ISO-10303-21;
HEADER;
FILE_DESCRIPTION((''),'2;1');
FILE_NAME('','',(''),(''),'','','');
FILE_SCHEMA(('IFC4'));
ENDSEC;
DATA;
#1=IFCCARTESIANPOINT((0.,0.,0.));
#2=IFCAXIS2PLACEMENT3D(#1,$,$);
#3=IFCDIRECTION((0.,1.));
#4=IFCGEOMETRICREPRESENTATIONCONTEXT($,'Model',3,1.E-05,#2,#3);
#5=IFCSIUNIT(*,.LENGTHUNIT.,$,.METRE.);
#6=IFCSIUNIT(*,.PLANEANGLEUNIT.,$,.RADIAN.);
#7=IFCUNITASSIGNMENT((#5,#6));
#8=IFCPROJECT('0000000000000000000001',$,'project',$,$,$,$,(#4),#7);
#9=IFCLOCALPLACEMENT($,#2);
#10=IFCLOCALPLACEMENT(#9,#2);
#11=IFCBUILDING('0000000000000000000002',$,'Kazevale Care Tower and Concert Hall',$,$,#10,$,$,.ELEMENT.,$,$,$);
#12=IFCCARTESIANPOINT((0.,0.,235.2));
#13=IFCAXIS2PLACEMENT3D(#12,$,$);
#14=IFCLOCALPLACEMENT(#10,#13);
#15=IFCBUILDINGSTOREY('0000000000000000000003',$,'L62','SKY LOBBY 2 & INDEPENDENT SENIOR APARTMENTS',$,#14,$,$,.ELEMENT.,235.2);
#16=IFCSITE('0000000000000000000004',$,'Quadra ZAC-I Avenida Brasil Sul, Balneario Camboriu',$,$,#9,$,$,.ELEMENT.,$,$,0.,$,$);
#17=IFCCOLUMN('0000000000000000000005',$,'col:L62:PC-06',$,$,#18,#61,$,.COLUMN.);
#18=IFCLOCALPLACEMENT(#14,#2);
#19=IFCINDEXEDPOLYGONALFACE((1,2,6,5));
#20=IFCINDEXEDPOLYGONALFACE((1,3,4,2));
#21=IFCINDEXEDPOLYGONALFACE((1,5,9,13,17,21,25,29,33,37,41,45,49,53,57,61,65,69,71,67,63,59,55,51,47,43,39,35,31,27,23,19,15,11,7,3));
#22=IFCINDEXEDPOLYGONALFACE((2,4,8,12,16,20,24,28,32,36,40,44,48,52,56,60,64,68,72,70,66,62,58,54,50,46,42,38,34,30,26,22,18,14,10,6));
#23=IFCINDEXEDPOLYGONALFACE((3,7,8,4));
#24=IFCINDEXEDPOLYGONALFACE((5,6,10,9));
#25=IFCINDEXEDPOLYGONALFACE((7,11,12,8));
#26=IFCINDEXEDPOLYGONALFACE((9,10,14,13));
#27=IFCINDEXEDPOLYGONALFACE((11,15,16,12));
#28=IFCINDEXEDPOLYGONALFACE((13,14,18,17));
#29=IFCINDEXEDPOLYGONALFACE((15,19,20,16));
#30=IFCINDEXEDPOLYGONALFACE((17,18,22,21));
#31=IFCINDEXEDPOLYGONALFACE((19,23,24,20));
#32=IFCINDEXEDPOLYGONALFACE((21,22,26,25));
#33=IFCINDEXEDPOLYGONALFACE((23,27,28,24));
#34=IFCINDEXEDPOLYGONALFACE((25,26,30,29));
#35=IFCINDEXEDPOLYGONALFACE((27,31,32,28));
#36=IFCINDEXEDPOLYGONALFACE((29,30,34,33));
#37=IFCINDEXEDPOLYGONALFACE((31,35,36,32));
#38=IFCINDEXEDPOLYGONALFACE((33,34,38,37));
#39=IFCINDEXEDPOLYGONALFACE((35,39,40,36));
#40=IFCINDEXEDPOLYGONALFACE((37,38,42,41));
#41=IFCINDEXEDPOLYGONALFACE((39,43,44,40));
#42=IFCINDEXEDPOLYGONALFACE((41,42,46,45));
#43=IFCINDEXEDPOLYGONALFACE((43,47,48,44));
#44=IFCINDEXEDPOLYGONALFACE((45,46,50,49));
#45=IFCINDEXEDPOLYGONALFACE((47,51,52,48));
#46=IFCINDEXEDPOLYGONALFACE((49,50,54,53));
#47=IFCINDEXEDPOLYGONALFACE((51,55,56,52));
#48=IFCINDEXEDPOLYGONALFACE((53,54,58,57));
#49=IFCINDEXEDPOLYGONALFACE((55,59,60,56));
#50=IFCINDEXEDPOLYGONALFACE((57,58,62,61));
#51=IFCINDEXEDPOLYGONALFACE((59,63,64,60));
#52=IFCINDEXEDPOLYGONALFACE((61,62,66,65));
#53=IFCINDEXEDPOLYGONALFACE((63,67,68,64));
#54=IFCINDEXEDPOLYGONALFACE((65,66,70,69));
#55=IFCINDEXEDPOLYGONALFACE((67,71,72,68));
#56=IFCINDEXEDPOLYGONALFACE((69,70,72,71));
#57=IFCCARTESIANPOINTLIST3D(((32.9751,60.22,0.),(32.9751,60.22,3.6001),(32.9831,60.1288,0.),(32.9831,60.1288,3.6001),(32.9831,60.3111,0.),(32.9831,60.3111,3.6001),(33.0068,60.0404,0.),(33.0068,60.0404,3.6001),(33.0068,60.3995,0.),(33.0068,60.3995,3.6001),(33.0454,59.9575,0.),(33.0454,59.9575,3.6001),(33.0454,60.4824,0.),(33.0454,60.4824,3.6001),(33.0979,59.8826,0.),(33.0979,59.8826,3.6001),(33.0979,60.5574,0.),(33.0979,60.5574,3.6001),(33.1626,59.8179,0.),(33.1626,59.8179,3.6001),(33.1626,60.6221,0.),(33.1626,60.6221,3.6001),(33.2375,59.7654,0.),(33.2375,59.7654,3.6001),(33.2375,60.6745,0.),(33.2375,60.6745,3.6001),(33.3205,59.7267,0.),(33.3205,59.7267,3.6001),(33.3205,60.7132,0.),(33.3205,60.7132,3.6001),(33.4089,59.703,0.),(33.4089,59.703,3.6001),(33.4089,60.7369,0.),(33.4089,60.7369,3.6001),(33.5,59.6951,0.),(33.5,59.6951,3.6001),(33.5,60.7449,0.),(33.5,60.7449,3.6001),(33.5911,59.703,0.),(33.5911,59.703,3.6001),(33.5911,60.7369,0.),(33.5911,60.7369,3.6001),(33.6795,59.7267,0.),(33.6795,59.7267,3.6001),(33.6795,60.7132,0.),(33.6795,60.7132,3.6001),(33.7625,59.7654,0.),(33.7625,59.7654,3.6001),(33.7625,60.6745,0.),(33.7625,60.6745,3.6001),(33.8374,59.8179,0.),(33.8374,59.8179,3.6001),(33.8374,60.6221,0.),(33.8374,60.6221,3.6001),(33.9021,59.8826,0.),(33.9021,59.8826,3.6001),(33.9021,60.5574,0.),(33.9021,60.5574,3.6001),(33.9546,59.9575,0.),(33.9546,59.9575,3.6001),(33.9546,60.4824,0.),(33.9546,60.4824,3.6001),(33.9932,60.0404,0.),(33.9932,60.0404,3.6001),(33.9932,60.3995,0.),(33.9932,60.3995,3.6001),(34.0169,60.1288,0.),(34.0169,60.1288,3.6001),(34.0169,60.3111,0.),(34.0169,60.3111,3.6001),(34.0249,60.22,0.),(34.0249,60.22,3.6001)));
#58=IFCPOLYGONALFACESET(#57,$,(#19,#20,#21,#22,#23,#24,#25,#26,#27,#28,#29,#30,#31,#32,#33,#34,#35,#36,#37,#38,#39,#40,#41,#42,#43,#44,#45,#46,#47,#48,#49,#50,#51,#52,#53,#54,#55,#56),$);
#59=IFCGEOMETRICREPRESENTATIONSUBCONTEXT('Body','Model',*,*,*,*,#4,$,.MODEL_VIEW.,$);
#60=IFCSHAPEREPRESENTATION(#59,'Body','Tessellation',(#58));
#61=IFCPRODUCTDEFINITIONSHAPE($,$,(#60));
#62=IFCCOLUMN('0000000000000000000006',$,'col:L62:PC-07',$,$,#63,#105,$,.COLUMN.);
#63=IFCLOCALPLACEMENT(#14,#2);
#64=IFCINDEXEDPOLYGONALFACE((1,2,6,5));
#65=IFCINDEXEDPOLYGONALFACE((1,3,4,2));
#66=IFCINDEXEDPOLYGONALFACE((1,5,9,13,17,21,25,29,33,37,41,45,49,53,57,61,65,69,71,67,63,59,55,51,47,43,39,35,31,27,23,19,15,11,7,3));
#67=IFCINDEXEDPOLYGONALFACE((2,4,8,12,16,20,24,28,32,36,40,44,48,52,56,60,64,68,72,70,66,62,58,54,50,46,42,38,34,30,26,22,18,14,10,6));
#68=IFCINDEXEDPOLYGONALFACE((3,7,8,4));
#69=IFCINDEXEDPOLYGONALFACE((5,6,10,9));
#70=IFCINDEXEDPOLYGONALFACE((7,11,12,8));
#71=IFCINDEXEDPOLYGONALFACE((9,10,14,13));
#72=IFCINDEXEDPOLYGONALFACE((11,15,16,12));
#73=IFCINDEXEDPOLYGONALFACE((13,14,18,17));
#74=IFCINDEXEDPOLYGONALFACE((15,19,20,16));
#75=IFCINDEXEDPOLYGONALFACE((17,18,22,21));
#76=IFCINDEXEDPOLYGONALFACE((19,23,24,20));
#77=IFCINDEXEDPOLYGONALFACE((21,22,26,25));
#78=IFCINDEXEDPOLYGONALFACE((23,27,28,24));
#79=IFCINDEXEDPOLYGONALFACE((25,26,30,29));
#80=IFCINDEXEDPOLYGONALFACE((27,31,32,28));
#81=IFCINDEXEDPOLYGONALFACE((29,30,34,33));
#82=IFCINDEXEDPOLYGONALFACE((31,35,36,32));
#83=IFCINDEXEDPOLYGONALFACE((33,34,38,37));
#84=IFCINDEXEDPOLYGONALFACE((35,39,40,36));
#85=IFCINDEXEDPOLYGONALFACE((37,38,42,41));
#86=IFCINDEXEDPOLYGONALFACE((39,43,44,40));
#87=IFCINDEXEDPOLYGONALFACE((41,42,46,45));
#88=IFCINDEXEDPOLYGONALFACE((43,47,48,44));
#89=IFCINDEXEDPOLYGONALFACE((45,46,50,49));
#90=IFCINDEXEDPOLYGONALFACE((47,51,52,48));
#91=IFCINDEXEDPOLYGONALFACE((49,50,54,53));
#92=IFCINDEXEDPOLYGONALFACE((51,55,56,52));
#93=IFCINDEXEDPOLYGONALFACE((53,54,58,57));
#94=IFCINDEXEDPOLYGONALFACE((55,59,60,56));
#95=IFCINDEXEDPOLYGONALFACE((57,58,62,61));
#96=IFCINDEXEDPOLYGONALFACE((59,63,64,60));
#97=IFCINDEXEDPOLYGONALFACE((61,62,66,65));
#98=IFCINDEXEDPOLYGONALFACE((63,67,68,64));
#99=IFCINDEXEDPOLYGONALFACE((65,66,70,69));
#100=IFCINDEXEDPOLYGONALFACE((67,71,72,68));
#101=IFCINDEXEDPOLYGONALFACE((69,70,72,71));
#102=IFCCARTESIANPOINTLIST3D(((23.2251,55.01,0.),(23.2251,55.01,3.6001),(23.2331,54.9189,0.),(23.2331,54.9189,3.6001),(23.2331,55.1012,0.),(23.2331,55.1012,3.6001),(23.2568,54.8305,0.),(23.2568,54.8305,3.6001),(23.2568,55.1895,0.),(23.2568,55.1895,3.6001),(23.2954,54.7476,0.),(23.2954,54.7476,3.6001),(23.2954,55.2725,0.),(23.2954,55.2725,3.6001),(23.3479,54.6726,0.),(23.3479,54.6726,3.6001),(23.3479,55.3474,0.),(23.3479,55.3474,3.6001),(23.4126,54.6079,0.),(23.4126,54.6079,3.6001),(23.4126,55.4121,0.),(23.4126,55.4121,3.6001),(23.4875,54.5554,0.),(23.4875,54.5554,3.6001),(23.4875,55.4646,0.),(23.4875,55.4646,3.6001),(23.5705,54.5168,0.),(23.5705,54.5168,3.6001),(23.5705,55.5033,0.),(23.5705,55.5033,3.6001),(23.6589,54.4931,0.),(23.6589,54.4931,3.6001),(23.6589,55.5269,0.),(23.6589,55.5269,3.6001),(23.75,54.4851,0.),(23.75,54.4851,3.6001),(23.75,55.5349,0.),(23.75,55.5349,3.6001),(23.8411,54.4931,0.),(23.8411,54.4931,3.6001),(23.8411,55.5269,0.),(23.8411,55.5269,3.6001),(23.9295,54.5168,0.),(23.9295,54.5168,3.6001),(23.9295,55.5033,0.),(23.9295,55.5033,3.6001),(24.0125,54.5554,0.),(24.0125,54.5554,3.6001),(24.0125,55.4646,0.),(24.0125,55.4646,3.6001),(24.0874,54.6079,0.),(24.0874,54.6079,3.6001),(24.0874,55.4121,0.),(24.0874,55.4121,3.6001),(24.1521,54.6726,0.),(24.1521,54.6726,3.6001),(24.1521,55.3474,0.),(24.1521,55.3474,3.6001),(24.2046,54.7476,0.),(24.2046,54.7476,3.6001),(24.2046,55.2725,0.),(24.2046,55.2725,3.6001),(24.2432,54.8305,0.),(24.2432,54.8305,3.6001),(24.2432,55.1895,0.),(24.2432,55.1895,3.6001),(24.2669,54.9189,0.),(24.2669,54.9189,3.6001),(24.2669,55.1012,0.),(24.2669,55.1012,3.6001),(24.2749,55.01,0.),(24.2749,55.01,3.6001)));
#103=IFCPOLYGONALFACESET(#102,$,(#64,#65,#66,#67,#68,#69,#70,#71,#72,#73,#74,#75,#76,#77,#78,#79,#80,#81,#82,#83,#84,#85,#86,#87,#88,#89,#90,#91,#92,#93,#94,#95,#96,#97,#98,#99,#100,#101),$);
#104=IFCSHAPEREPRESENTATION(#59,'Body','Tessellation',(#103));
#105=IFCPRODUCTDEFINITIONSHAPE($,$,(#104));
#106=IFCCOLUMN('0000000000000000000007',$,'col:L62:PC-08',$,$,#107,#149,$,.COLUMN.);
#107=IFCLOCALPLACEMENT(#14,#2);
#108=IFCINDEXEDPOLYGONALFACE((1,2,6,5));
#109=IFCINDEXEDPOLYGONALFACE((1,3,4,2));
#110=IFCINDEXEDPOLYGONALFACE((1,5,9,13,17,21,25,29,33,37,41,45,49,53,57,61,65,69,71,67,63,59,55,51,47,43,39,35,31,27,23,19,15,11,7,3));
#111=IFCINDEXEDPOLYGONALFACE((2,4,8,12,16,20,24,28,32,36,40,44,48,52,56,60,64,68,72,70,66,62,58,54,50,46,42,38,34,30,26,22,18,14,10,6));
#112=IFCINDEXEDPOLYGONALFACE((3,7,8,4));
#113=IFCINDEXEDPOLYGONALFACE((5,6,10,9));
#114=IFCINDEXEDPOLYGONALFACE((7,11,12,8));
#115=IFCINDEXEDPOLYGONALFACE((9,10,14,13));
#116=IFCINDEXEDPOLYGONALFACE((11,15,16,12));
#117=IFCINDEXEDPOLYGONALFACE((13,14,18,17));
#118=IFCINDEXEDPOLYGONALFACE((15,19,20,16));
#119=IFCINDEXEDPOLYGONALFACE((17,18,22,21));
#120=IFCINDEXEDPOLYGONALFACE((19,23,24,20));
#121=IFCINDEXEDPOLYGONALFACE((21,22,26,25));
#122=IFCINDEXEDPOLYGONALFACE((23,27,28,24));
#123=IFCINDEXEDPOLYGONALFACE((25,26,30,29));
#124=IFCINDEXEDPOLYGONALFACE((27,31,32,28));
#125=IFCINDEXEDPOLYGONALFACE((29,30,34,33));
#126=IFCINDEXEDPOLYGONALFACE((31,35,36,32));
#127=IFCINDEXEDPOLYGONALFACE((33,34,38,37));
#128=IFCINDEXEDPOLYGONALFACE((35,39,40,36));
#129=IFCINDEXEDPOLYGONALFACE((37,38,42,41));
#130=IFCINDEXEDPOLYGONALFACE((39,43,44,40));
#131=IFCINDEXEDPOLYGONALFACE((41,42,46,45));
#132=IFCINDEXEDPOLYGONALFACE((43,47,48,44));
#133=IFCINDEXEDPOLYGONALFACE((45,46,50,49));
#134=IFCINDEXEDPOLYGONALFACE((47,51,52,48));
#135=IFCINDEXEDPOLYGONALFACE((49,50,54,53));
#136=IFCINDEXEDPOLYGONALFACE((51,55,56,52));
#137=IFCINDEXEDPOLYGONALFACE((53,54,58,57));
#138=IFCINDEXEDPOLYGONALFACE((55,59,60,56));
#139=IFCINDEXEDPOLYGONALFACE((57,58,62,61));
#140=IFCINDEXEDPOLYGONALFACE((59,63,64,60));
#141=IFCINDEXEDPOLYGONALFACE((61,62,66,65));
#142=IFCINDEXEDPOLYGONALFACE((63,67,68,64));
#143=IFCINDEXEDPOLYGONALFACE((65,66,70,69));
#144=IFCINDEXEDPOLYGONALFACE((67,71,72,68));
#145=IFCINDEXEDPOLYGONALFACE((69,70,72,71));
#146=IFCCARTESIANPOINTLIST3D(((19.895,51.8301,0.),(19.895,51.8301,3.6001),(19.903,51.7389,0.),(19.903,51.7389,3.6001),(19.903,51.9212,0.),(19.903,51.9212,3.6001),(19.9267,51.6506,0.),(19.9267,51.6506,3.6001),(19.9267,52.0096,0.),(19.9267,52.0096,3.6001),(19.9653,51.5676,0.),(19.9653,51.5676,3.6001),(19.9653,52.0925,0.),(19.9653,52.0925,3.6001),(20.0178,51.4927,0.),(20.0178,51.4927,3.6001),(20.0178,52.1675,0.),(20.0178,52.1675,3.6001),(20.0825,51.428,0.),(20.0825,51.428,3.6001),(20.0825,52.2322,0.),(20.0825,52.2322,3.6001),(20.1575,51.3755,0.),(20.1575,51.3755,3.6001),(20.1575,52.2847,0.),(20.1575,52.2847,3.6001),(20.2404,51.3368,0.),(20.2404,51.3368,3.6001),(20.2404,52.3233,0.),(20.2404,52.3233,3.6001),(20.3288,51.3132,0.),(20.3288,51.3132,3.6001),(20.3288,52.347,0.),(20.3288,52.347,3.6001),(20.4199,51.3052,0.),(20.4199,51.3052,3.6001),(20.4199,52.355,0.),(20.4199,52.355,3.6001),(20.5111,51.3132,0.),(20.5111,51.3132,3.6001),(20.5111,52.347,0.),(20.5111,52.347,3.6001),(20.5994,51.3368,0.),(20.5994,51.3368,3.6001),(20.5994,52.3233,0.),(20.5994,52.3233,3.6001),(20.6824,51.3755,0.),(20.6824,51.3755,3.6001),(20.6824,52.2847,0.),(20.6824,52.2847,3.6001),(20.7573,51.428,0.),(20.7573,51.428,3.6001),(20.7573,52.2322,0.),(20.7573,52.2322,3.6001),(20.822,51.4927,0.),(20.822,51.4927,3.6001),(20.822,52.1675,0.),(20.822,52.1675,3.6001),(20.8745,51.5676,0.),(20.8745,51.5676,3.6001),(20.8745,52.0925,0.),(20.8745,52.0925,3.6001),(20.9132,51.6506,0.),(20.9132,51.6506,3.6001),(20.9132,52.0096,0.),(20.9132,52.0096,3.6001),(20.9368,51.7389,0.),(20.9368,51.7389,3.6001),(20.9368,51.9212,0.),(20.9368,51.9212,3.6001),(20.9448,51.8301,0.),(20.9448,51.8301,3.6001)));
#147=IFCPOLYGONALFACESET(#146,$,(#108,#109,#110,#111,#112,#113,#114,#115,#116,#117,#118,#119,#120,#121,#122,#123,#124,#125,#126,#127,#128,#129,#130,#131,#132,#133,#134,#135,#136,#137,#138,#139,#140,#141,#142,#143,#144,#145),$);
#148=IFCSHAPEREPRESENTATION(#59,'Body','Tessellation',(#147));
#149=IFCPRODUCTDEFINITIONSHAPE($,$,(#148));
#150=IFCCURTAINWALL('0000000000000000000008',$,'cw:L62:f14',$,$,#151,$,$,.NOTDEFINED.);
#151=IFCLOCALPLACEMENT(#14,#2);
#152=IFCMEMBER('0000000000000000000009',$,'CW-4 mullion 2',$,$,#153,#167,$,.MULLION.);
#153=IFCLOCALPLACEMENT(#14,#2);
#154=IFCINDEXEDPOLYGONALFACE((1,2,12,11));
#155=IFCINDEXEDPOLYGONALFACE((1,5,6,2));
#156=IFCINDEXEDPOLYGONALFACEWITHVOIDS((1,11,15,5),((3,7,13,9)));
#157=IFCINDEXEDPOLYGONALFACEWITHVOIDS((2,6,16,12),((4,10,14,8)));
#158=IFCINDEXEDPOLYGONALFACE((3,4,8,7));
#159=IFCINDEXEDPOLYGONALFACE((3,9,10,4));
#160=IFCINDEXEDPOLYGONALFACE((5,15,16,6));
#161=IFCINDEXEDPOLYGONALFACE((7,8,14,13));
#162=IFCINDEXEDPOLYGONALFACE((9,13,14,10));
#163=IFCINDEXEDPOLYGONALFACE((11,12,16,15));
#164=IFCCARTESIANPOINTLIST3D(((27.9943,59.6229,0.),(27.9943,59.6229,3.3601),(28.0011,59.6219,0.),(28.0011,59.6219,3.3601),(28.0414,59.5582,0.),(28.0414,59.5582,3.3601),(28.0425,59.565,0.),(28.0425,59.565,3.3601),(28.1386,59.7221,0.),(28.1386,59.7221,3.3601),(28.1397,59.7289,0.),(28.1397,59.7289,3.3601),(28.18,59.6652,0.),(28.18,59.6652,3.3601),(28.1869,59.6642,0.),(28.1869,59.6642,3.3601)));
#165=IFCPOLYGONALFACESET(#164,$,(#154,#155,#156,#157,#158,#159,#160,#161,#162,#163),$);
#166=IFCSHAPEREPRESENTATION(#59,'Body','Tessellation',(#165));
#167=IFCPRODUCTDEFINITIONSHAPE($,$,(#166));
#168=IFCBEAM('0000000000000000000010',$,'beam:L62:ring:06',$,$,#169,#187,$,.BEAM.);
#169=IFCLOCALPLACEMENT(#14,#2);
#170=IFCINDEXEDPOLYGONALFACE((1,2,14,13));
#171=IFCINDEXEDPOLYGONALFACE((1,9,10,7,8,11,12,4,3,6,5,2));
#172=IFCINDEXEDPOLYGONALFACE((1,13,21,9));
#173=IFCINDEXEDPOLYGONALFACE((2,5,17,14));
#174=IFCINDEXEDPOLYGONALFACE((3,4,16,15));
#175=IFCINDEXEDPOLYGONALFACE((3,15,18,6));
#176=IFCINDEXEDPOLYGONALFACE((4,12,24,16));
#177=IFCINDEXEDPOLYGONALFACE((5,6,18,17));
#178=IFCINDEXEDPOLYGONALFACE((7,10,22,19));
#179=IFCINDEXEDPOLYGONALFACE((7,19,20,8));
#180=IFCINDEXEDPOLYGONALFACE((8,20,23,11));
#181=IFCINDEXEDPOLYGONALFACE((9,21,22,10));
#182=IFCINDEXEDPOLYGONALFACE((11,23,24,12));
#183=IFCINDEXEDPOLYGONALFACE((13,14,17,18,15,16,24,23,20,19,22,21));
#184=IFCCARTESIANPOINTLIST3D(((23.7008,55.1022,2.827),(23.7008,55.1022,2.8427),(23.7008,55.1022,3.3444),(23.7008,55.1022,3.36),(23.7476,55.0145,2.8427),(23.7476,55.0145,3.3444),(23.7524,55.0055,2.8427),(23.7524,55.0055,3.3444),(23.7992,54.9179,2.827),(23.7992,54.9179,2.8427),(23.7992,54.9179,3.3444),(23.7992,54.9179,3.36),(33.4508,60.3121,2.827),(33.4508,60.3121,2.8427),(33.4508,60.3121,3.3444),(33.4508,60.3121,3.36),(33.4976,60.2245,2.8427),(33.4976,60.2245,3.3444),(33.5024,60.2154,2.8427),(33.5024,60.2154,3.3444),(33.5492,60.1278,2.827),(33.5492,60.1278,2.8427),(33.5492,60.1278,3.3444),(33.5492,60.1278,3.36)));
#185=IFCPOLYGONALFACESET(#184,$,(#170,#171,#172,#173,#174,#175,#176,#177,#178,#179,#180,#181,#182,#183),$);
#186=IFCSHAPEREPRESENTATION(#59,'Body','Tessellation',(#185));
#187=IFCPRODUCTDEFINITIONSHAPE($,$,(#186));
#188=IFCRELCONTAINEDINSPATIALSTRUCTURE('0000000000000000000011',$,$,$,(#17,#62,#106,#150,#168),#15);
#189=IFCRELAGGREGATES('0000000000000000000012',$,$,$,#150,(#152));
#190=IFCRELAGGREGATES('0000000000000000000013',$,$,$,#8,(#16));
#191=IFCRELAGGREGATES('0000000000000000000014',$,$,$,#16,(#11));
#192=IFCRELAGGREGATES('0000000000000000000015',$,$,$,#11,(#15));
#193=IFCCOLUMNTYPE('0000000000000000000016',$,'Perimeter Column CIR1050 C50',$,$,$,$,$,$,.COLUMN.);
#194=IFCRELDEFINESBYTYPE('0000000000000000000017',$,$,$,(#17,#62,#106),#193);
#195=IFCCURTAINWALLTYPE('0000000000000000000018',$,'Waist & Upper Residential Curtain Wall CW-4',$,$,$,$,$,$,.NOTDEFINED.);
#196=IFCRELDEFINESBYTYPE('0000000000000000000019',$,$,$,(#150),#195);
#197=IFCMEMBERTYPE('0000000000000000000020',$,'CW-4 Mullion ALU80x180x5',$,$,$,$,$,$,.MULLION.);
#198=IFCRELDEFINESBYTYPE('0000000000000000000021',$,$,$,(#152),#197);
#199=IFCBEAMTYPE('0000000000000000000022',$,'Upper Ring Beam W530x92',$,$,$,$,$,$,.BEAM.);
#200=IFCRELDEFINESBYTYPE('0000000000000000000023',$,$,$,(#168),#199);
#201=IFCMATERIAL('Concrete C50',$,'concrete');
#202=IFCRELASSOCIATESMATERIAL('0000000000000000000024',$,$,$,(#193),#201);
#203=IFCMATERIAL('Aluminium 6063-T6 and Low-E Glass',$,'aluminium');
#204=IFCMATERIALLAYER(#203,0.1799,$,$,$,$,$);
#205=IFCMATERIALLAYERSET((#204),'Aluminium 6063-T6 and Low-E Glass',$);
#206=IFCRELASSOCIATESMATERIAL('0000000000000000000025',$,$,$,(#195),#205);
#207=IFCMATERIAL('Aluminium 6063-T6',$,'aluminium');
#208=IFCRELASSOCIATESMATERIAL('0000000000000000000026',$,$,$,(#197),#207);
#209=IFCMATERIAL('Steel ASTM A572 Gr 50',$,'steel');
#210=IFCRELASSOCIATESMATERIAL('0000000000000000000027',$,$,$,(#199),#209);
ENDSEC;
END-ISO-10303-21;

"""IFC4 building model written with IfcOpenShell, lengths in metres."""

from ifc_helpers import new_model, si_unit, direction, frame, origin, origin_2d, place, context, subcontext, project, spatial, hollow_rectangle, circle, i_section, extrude, material, layer, layer_set, material_profile, profile_set, type_object, element, aggregate, save


model = new_model("IFC4")

# Units and contexts
model_context = context("Model", 3, precision=1e-05, world=origin(), true_north=direction((0.0, 1.0)))
body_context = subcontext(model_context, "Body", "Model", "MODEL_VIEW")
ifc_project = project(units=[si_unit("LENGTHUNIT", "METRE"), si_unit("PLANEANGLEUNIT", "RADIAN")], contexts=[model_context])

# Site, building, storey
site_placement = place(None, origin())
site = spatial("IfcSite", under=ifc_project, at=site_placement, Name="Quadra ZAC-I Avenida Brasil Sul, Balneario Camboriu", CompositionType="ELEMENT", RefElevation=0.0)
building_placement = place(site_placement, origin())
building = spatial("IfcBuilding", under=site, at=building_placement, Name="Kazevale Care Tower and Concert Hall", CompositionType="ELEMENT")
storey_placement = place(building_placement, frame((0.0, 0.0, 235.2)))
storey = spatial("IfcBuildingStorey", under=building, at=storey_placement, Name="L62", Description="SKY LOBBY 2 & INDEPENDENT SENIOR APARTMENTS", CompositionType="ELEMENT", Elevation=235.2)

# Columns
ifc_material_1 = material(Name="Concrete C50", Category="concrete")
ifc_material_profile_1 = material_profile(ifc_material_1, circle(Radius=0.5249, at=origin_2d()), Name="RC-CIR1050")
ifc_profile_set_1 = profile_set([ifc_material_profile_1], Name="Concrete C50")
column_type = type_object("IfcColumnType", Name="Perimeter Column CIR1050 C50", PredefinedType="COLUMN", material=ifc_profile_set_1)
for number, where, z_axis, x_axis, name in (
    (1, (33.5, 60.22, 0.0), (0.0, 0.0, 1.0), (1.0, 0.0, 0.0), "col:L62:PC-06"),
    (2, (23.75, 55.01, 0.0), (0.0, 0.0, 1.0), (1.0, 0.0, 0.0), "col:L62:PC-07"),
    (3, (20.4199, 51.8301, 0.0), (0.0, 0.0, 1.0), (1.0, 0.0, 0.0), "col:L62:PC-08"),
):
    element("IfcColumn", number, at=place(storey_placement, frame(where, z_axis=z_axis, x_axis=x_axis)), inside=storey, type_object=column_type, Name=name, PredefinedType="COLUMN", context=body_context, shape_type="SweptSolid", body=[
        extrude(circle(Radius=0.5249, at=origin_2d()), origin(), (0.0, 0.0, 1.0), 3.6001),
    ])

# Curtain wall, member
ifc_material_2 = material(Name="Aluminium 6063-T6 and Low-E Glass", Category="aluminium")
ifc_layer_1 = layer(ifc_material_2, 0.1799)
ifc_layer_set_1 = layer_set([ifc_layer_1], Name="Aluminium 6063-T6 and Low-E Glass")
curtain_wall_type = type_object("IfcCurtainWallType", Name="Waist & Upper Residential Curtain Wall CW-4", PredefinedType="NOTDEFINED", material=ifc_layer_set_1)
curtain_wall_placement = place(storey_placement, origin())
curtain_wall = element("IfcCurtainWall", 4, at=curtain_wall_placement, inside=storey, type_object=curtain_wall_type, Name="cw:L62:f14", PredefinedType="NOTDEFINED")
ifc_material_3 = material(Name="Aluminium 6063-T6", Category="aluminium")
ifc_material_profile_2 = material_profile(ifc_material_3, hollow_rectangle(XDim=0.0801, YDim=0.1799, WallThickness=0.0049, at=origin_2d()), Name="ALU80x180x5")
ifc_profile_set_2 = profile_set([ifc_material_profile_2], Name="Aluminium 6063-T6")
member_type = type_object("IfcMemberType", Name="CW-4 Mullion ALU80x180x5", PredefinedType="MULLION", material=ifc_profile_set_2)
member_placement = place(storey_placement, frame((28.0906, 59.6436, 0.0), z_axis=(0.0, 0.0, 1.0), x_axis=(-0.58891, 0.808198, 0.0)))
member = element("IfcMember", 5, at=member_placement, type_object=member_type, Name="CW-4 mullion 2", PredefinedType="MULLION", context=body_context, shape_type="SweptSolid", body=[
    extrude(hollow_rectangle(XDim=0.0801, YDim=0.1799, WallThickness=0.0049, at=origin_2d()), origin(), (0.0, 0.0, 1.0), 3.3601),
])

# Beam
ifc_material_4 = material(Name="Steel ASTM A572 Gr 50", Category="steel")
ifc_material_profile_3 = material_profile(ifc_material_4, i_section(OverallWidth=0.209, OverallDepth=0.533, WebThickness=0.0103, FlangeThickness=0.0156, at=origin_2d()), Name="W530x92")
ifc_profile_set_3 = profile_set([ifc_material_profile_3], Name="Steel ASTM A572 Gr 50")
beam_type = type_object("IfcBeamType", Name="Upper Ring Beam W530x92", PredefinedType="BEAM", material=ifc_profile_set_3)
beam_1_placement = place(storey_placement, frame((33.5, 60.22, 3.0935), z_axis=(-0.881979, -0.47129, 0.0), x_axis=(0.47129, -0.881979, 0.0)))
element("IfcBeam", 6, at=beam_1_placement, inside=storey, type_object=beam_type, Name="beam:L62:ring:06", PredefinedType="BEAM", context=body_context, shape_type="SweptSolid", body=[
    extrude(i_section(OverallWidth=0.209, OverallDepth=0.533, WebThickness=0.0103, FlangeThickness=0.0156, at=origin_2d()), origin(), (0.0, 0.0, 1.0), 11.0547),
])

aggregate(curtain_wall, [member])

save(model, "model.ifc")
